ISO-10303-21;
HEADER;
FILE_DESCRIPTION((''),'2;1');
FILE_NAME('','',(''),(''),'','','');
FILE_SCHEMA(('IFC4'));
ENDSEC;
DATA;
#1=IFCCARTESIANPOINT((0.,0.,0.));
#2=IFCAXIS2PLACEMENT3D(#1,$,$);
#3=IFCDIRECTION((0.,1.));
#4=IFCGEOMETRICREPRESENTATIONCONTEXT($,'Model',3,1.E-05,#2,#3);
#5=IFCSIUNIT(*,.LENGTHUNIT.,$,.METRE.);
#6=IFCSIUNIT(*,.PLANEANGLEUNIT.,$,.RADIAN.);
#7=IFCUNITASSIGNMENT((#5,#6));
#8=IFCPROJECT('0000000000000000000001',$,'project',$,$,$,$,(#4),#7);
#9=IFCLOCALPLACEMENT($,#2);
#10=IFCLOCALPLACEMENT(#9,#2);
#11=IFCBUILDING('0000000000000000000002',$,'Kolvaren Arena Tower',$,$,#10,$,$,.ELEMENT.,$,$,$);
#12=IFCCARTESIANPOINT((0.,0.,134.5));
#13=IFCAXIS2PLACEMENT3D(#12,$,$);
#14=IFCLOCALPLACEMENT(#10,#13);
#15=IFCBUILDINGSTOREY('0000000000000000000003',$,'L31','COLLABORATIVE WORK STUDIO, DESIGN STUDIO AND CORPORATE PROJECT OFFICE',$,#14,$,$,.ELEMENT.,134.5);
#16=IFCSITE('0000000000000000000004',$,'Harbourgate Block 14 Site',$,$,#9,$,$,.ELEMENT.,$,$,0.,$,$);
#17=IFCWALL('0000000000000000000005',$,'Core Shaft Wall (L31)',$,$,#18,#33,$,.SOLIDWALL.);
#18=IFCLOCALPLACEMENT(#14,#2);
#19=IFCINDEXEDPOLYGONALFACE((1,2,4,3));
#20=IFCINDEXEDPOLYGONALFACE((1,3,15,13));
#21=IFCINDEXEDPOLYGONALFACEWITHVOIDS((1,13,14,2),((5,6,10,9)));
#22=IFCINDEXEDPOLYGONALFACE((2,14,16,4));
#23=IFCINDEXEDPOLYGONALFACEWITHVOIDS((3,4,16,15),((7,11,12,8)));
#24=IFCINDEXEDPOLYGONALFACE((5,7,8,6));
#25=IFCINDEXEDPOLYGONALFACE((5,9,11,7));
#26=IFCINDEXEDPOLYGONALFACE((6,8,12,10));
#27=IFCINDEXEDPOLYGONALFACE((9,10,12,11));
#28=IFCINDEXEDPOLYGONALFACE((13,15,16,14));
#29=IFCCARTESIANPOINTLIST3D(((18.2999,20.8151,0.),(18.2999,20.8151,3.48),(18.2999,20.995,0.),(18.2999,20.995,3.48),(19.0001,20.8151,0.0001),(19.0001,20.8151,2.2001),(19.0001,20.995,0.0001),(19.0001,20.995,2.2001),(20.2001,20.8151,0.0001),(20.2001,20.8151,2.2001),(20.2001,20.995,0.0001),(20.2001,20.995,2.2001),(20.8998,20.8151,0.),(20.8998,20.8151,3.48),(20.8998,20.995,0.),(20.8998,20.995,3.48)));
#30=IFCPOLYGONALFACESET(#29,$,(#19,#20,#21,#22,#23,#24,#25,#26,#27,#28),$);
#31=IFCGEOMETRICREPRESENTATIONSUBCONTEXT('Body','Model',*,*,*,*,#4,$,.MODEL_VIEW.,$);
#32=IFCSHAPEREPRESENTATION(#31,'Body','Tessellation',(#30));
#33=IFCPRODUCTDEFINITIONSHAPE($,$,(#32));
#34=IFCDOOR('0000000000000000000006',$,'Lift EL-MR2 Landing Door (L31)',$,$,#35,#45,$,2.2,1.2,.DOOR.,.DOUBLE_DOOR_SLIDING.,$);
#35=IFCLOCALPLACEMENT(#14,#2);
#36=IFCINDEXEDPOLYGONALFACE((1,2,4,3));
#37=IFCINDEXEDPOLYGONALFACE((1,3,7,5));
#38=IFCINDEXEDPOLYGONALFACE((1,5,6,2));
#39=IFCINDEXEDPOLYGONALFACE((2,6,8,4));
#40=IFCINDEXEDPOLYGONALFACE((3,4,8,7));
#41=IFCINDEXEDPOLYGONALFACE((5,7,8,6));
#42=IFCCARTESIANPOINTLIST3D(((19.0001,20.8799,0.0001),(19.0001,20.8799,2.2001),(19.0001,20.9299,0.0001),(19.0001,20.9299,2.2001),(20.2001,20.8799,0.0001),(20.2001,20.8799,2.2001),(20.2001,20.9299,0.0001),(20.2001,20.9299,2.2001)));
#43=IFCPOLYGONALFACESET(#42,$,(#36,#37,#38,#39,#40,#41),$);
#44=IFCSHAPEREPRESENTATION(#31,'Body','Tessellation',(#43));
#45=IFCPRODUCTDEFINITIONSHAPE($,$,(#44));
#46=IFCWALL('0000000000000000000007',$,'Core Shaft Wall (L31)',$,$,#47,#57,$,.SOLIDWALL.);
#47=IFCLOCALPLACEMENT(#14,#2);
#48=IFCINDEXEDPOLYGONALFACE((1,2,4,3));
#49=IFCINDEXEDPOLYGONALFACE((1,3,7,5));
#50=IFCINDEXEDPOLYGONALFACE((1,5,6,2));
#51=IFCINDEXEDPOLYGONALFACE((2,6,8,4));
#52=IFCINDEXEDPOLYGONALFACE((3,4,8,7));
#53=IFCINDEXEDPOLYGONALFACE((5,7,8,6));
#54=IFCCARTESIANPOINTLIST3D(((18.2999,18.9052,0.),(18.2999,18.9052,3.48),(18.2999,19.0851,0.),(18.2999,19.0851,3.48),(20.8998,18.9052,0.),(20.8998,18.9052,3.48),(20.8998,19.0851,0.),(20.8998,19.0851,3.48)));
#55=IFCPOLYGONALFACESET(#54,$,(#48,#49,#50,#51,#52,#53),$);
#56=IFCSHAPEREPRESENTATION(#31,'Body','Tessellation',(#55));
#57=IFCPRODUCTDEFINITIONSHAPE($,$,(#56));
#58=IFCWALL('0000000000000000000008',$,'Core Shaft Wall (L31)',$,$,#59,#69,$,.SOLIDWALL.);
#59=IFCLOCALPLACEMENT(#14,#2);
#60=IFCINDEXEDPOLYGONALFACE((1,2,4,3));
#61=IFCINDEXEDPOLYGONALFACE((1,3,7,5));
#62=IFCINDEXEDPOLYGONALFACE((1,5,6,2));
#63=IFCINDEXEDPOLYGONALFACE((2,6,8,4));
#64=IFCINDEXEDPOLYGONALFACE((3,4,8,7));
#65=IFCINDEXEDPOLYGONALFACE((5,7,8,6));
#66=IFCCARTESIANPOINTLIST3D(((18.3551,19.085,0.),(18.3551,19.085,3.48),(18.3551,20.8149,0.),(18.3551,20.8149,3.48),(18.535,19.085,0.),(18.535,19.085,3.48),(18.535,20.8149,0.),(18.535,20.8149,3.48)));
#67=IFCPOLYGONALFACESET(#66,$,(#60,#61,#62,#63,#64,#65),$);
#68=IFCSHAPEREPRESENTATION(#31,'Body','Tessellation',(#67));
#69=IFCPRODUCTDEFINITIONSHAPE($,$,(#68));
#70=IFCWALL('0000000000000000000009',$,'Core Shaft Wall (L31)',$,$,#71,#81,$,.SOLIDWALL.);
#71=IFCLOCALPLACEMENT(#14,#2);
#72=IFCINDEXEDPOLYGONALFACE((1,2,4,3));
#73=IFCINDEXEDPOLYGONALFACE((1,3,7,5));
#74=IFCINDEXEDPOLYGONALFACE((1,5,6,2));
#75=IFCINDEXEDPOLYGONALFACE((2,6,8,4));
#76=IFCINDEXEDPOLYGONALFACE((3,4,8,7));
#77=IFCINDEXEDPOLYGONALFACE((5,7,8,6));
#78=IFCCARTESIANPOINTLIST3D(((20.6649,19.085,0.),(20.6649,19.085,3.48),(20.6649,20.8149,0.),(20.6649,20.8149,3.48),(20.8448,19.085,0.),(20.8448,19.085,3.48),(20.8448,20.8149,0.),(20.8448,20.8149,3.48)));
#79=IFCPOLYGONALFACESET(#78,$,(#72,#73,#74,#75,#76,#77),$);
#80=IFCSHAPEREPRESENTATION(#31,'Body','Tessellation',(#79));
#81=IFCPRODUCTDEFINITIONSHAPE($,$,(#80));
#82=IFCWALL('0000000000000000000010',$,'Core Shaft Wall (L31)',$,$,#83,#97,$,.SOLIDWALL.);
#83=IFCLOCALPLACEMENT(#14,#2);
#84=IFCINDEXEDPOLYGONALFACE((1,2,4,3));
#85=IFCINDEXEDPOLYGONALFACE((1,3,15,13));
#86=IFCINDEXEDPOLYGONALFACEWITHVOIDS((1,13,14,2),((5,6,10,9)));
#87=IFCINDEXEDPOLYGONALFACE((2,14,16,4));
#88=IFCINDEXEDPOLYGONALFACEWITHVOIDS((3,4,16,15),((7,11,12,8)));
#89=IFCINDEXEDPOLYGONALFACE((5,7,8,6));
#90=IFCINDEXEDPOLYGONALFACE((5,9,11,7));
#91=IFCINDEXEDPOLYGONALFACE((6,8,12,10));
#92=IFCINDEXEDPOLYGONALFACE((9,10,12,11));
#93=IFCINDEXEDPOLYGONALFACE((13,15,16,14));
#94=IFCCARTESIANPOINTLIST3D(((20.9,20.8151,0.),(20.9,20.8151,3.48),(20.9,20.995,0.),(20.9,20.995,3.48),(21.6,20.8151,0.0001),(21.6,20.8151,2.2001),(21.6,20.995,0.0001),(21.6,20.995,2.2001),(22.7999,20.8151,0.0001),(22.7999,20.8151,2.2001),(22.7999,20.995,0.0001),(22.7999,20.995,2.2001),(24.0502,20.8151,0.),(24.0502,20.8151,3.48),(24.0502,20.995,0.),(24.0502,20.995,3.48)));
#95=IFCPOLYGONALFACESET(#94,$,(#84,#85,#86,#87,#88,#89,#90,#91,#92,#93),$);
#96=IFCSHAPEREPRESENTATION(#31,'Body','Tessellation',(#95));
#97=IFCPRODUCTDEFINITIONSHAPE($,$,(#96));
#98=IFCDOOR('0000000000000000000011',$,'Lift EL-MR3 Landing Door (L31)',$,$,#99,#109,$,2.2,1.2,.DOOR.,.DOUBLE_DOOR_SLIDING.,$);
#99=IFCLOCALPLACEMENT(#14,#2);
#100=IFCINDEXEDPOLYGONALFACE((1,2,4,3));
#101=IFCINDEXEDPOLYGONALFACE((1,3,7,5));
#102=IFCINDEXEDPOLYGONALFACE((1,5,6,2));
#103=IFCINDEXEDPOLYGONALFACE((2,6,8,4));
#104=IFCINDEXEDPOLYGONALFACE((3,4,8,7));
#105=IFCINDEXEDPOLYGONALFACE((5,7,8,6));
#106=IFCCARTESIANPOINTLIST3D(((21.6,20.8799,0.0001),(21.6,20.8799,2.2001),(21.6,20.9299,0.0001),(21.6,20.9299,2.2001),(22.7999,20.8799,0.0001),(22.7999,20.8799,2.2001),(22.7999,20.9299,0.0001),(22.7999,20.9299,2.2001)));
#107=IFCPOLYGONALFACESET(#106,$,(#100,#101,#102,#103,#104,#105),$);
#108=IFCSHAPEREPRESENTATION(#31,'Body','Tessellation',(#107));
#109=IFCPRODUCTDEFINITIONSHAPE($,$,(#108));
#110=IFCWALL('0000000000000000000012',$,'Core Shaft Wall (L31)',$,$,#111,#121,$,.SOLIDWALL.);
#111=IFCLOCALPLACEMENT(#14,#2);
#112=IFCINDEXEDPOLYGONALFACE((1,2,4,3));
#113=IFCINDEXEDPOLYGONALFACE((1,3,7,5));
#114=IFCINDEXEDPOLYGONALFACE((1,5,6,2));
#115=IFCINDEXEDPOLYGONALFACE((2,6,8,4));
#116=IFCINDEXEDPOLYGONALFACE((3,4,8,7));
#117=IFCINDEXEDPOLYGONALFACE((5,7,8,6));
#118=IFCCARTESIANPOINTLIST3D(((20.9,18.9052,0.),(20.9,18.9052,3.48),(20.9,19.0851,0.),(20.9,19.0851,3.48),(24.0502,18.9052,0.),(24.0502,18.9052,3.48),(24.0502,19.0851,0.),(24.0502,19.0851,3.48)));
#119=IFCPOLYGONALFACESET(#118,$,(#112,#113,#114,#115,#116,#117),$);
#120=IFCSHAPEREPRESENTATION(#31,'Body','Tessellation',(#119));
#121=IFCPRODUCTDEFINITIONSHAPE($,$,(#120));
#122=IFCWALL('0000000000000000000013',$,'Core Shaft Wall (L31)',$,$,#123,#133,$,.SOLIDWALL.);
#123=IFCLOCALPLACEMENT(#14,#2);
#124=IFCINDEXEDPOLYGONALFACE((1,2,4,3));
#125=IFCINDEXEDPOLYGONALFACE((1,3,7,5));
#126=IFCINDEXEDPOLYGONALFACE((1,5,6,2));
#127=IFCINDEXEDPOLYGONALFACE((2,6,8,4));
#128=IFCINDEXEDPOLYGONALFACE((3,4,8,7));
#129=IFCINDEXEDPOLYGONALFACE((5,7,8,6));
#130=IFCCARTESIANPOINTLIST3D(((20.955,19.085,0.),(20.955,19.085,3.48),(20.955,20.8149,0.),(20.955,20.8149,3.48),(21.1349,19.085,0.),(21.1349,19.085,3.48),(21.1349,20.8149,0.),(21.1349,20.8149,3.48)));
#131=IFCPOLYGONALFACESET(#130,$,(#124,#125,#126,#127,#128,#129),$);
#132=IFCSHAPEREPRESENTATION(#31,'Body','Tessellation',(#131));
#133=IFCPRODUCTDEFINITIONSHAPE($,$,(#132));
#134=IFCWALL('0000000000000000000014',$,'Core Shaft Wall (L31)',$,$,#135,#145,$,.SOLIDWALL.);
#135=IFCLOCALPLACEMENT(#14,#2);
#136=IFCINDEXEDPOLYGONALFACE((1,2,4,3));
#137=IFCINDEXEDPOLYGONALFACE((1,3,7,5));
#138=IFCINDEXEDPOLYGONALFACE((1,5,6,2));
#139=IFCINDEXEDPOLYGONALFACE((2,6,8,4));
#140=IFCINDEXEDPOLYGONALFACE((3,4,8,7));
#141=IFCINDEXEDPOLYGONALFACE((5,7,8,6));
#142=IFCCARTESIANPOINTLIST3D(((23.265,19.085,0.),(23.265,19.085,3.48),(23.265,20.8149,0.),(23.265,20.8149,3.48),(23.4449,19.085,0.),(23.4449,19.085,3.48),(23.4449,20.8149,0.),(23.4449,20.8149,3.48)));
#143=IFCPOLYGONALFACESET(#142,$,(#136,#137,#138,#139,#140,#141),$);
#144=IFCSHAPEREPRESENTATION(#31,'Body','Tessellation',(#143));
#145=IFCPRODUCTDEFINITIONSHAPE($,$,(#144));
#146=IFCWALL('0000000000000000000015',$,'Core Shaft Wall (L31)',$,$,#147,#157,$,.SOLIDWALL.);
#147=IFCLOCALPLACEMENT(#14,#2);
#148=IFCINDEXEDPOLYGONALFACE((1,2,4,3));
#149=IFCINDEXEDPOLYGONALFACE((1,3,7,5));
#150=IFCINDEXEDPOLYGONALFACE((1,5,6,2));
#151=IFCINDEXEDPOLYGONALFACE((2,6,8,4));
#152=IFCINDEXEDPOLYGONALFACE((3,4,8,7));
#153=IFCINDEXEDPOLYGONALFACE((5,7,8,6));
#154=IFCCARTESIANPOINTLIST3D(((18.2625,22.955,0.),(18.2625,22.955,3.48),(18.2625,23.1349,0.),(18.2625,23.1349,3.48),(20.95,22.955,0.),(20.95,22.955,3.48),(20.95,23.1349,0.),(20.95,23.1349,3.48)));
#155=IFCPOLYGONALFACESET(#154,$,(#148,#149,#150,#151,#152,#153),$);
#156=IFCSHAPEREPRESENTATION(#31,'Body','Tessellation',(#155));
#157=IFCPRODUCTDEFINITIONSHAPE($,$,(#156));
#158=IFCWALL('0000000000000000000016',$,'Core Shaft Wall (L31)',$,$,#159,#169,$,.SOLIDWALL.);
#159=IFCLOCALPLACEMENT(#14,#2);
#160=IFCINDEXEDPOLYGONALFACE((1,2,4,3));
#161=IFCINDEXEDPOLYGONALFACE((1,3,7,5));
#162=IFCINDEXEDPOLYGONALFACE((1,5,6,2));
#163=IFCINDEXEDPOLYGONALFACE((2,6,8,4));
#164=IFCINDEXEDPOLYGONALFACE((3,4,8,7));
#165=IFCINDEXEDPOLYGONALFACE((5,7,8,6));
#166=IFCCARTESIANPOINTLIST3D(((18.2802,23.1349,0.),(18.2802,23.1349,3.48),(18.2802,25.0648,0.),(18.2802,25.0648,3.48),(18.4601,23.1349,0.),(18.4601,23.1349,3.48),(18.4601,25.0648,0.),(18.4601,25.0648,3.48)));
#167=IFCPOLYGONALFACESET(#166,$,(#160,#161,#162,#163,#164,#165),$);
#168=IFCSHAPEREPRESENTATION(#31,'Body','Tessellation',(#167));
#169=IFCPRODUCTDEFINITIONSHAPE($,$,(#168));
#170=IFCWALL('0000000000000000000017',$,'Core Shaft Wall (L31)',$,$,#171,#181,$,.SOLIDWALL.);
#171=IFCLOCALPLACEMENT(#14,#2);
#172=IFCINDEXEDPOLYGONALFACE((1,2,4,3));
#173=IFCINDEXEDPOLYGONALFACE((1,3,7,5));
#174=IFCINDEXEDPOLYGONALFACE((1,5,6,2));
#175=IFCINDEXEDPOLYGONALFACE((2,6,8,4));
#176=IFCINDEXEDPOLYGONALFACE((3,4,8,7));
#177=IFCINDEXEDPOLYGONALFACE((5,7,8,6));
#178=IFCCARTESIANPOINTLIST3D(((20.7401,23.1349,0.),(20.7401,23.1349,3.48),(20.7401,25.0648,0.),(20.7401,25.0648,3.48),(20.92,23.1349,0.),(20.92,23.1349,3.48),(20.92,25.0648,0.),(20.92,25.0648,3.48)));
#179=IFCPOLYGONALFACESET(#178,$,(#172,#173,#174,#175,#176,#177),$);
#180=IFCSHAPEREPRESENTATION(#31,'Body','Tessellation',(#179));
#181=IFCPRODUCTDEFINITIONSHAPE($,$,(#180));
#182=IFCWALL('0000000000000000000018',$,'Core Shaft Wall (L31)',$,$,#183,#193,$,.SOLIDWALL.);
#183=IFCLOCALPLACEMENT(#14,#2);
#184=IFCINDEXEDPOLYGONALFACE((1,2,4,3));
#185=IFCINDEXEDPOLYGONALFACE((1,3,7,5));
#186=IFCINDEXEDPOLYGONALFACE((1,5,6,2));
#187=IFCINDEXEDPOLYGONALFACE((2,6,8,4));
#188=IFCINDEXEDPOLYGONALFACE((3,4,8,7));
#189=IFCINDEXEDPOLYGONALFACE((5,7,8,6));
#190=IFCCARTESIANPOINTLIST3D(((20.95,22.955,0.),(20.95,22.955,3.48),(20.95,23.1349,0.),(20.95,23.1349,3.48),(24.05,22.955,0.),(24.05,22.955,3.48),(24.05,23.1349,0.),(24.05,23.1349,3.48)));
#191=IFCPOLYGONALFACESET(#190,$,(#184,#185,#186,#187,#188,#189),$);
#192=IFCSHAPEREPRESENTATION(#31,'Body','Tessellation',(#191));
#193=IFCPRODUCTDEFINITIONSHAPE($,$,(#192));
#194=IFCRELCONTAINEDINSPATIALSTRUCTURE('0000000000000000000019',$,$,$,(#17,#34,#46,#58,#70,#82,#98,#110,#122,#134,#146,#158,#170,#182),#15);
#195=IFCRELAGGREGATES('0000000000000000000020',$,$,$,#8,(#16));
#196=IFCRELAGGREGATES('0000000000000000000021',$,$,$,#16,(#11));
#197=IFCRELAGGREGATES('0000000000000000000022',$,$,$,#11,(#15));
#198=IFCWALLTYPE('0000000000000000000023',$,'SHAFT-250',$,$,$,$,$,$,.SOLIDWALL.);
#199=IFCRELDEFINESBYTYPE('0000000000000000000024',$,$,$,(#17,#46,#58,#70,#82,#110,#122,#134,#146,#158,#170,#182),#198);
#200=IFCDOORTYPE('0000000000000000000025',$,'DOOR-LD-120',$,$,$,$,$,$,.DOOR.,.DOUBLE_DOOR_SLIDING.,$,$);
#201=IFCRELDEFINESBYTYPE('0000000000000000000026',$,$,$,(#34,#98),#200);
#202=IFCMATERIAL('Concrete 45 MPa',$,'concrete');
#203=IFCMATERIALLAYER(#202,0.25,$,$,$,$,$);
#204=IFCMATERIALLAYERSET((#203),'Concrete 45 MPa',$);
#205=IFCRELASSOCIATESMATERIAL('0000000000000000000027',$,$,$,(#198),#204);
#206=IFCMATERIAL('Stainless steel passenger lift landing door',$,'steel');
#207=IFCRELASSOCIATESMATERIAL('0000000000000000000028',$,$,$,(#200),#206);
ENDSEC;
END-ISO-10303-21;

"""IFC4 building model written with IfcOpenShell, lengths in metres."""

from ifc_helpers import new_model, si_unit, direction, frame, frame_2d, origin, place, context, subcontext, project, spatial, rectangle, extrude, material, layer, layer_set, type_object, element, fill, save


model = new_model("IFC4")

# Units and contexts
model_context = context("Model", 3, precision=1e-05, world=origin(), true_north=direction((0.0, 1.0)))
body_context = subcontext(model_context, "Body", "Model", "MODEL_VIEW")
ifc_project = project(units=[si_unit("LENGTHUNIT", "METRE"), si_unit("PLANEANGLEUNIT", "RADIAN")], contexts=[model_context])

# Site, building, storey
site_placement = place(None, origin())
site = spatial("IfcSite", under=ifc_project, at=site_placement, Name="Harbourgate Block 14 Site", CompositionType="ELEMENT", RefElevation=0.0)
building_placement = place(site_placement, origin())
building = spatial("IfcBuilding", under=site, at=building_placement, Name="Kolvaren Arena Tower", CompositionType="ELEMENT")
storey_placement = place(building_placement, frame((0.0, 0.0, 134.5)))
storey = spatial("IfcBuildingStorey", under=building, at=storey_placement, Name="L31", Description="COLLABORATIVE WORK STUDIO, DESIGN STUDIO AND CORPORATE PROJECT OFFICE", CompositionType="ELEMENT", Elevation=134.5)

# Shared definitions
ifc_material_1 = material(Name="Concrete 45 MPa", Category="concrete")
ifc_layer_1 = layer(ifc_material_1, 0.25)
ifc_layer_set_1 = layer_set([ifc_layer_1], Name="Concrete 45 MPa")
wall_type_1 = type_object("IfcWallType", Name="SHAFT-250", PredefinedType="SOLIDWALL", material=ifc_layer_set_1)

# Wall, opening, door
wall_1_placement = place(storey_placement, frame((18.3, 20.905, 0.0), z_axis=(0.0, 0.0, 1.0), x_axis=(1.0, 0.0, 0.0)))
wall_1 = element("IfcWall", 1, at=wall_1_placement, inside=storey, type_object=wall_type_1, Name="Core Shaft Wall (L31)", PredefinedType="SOLIDWALL", context=body_context, shape_type="SweptSolid", body=[
    extrude(rectangle(XDim=2.5999, YDim=0.1799, at=frame_2d((1.2998, 0.0))), origin(), (0.0, 0.0, 1.0), 3.48),
])
opening_1_placement = place(wall_1_placement, frame((0.7, 0.0, 0.0)))
opening_1 = element("IfcOpeningElement", 2, at=opening_1_placement, cuts=wall_1, PredefinedType="OPENING", context=body_context, shape_type="SweptSolid", body=[
    extrude(rectangle(XDim=1.2, YDim=2.2, at=frame_2d((0.6001, 1.1001))), frame((0.0, 0.0999, 0.0), z_axis=(0.0, -1.0, 0.0), x_axis=(1.0, 0.0, 0.0)), (0.0, 0.0, 1.0), 0.2),
])
ifc_material_2 = material(Name="Stainless steel passenger lift landing door", Category="steel")
door_type_1 = type_object("IfcDoorType", Name="DOOR-LD-120", OperationType="DOUBLE_DOOR_SLIDING", PredefinedType="DOOR", material=ifc_material_2)
door_1_placement = place(opening_1_placement, origin())
door_1 = element("IfcDoor", 3, at=door_1_placement, inside=storey, type_object=door_type_1, Name="Lift EL-MR2 Landing Door (L31)", OperationType="DOUBLE_DOOR_SLIDING", OverallHeight=2.2, OverallWidth=1.2, PredefinedType="DOOR", context=body_context, shape_type="SweptSolid", body=[
    extrude(rectangle(XDim=1.2, YDim=2.2, at=frame_2d((0.6001, 1.1001))), frame((0.0, 0.0249, 0.0), z_axis=(0.0, -1.0, 0.0), x_axis=(1.0, 0.0, 0.0)), (0.0, 0.0, 1.0), 0.05),
])
fill(opening_1, door_1)

# Walls
wall_2_placement = place(storey_placement, frame((18.3, 18.9951, 0.0), z_axis=(0.0, 0.0, 1.0), x_axis=(1.0, 0.0, 0.0)))
element("IfcWall", 4, at=wall_2_placement, inside=storey, type_object=wall_type_1, Name="Core Shaft Wall (L31)", PredefinedType="SOLIDWALL", context=body_context, shape_type="SweptSolid", body=[
    extrude(rectangle(XDim=2.5999, YDim=0.1799, at=frame_2d((1.2998, 0.0))), origin(), (0.0, 0.0, 1.0), 3.48),
])
for number, where, z_axis, x_axis, name in (
    (5, (18.4451, 19.085, 0.0), (0.0, 0.0, 1.0), (0.0, 1.0, 0.0), "Core Shaft Wall (L31)"),
    (6, (20.7549, 19.085, 0.0), (0.0, 0.0, 1.0), (0.0, 1.0, 0.0), "Core Shaft Wall (L31)"),
):
    element("IfcWall", number, at=place(storey_placement, frame(where, z_axis=z_axis, x_axis=x_axis)), inside=storey, type_object=wall_type_1, Name=name, PredefinedType="SOLIDWALL", context=body_context, shape_type="SweptSolid", body=[
        extrude(rectangle(XDim=1.73, YDim=0.1799, at=frame_2d((0.865, 0.0))), origin(), (0.0, 0.0, 1.0), 3.48),
    ])

# Wall, opening, door
wall_3_placement = place(storey_placement, frame((20.8999, 20.905, 0.0), z_axis=(0.0, 0.0, 1.0), x_axis=(1.0, 0.0, 0.0)))
wall_3 = element("IfcWall", 7, at=wall_3_placement, inside=storey, type_object=wall_type_1, Name="Core Shaft Wall (L31)", PredefinedType="SOLIDWALL", context=body_context, shape_type="SweptSolid", body=[
    extrude(rectangle(XDim=3.1501, YDim=0.1799, at=frame_2d((1.5752, 0.0))), origin(), (0.0, 0.0, 1.0), 3.48),
])
opening_2_placement = place(wall_3_placement, frame((0.7, 0.0, 0.0)))
opening_2 = element("IfcOpeningElement", 8, at=opening_2_placement, cuts=wall_3, PredefinedType="OPENING", context=body_context, shape_type="SweptSolid", body=[
    extrude(rectangle(XDim=1.2, YDim=2.2, at=frame_2d((0.6001, 1.1001))), frame((0.0, 0.0999, 0.0), z_axis=(0.0, -1.0, 0.0), x_axis=(1.0, 0.0, 0.0)), (0.0, 0.0, 1.0), 0.2),
])
door_2_placement = place(opening_2_placement, origin())
door_2 = element("IfcDoor", 9, at=door_2_placement, inside=storey, type_object=door_type_1, Name="Lift EL-MR3 Landing Door (L31)", OperationType="DOUBLE_DOOR_SLIDING", OverallHeight=2.2, OverallWidth=1.2, PredefinedType="DOOR", context=body_context, shape_type="SweptSolid", body=[
    extrude(rectangle(XDim=1.2, YDim=2.2, at=frame_2d((0.6001, 1.1001))), frame((0.0, 0.0249, 0.0), z_axis=(0.0, -1.0, 0.0), x_axis=(1.0, 0.0, 0.0)), (0.0, 0.0, 1.0), 0.05),
])
fill(opening_2, door_2)

# Walls
wall_4_placement = place(storey_placement, frame((20.8999, 18.9951, 0.0), z_axis=(0.0, 0.0, 1.0), x_axis=(1.0, 0.0, 0.0)))
element("IfcWall", 10, at=wall_4_placement, inside=storey, type_object=wall_type_1, Name="Core Shaft Wall (L31)", PredefinedType="SOLIDWALL", context=body_context, shape_type="SweptSolid", body=[
    extrude(rectangle(XDim=3.1501, YDim=0.1799, at=frame_2d((1.5752, 0.0))), origin(), (0.0, 0.0, 1.0), 3.48),
])
for number, where, z_axis, x_axis, name in (
    (11, (21.0449, 19.085, 0.0), (0.0, 0.0, 1.0), (0.0, 1.0, 0.0), "Core Shaft Wall (L31)"),
    (12, (23.355, 19.085, 0.0), (0.0, 0.0, 1.0), (0.0, 1.0, 0.0), "Core Shaft Wall (L31)"),
):
    element("IfcWall", number, at=place(storey_placement, frame(where, z_axis=z_axis, x_axis=x_axis)), inside=storey, type_object=wall_type_1, Name=name, PredefinedType="SOLIDWALL", context=body_context, shape_type="SweptSolid", body=[
        extrude(rectangle(XDim=1.73, YDim=0.1799, at=frame_2d((0.865, 0.0))), origin(), (0.0, 0.0, 1.0), 3.48),
    ])
wall_5_placement = place(storey_placement, frame((18.2625, 23.0449, 0.0), z_axis=(0.0, 0.0, 1.0), x_axis=(1.0, 0.0, 0.0)))
element("IfcWall", 13, at=wall_5_placement, inside=storey, type_object=wall_type_1, Name="Core Shaft Wall (L31)", PredefinedType="SOLIDWALL", context=body_context, shape_type="SweptSolid", body=[
    extrude(rectangle(XDim=2.6875, YDim=0.1799, at=frame_2d((1.3438, 0.0))), origin(), (0.0, 0.0, 1.0), 3.48),
])
for number, where, z_axis, x_axis, name in (
    (14, (18.3701, 23.135, 0.0), (0.0, 0.0, 1.0), (0.0, 1.0, 0.0), "Core Shaft Wall (L31)"),
    (15, (20.8301, 23.135, 0.0), (0.0, 0.0, 1.0), (0.0, 1.0, 0.0), "Core Shaft Wall (L31)"),
):
    element("IfcWall", number, at=place(storey_placement, frame(where, z_axis=z_axis, x_axis=x_axis)), inside=storey, type_object=wall_type_1, Name=name, PredefinedType="SOLIDWALL", context=body_context, shape_type="SweptSolid", body=[
        extrude(rectangle(XDim=1.9299, YDim=0.1799, at=frame_2d((0.9648, 0.0))), origin(), (0.0, 0.0, 1.0), 3.48),
    ])
wall_6_placement = place(storey_placement, frame((20.95, 23.0449, 0.0), z_axis=(0.0, 0.0, 1.0), x_axis=(1.0, 0.0, 0.0)))
element("IfcWall", 16, at=wall_6_placement, inside=storey, type_object=wall_type_1, Name="Core Shaft Wall (L31)", PredefinedType="SOLIDWALL", context=body_context, shape_type="SweptSolid", body=[
    extrude(rectangle(XDim=3.1001, YDim=0.1799, at=frame_2d((1.55, 0.0))), origin(), (0.0, 0.0, 1.0), 3.48),
])

save(model, "model.ifc")
